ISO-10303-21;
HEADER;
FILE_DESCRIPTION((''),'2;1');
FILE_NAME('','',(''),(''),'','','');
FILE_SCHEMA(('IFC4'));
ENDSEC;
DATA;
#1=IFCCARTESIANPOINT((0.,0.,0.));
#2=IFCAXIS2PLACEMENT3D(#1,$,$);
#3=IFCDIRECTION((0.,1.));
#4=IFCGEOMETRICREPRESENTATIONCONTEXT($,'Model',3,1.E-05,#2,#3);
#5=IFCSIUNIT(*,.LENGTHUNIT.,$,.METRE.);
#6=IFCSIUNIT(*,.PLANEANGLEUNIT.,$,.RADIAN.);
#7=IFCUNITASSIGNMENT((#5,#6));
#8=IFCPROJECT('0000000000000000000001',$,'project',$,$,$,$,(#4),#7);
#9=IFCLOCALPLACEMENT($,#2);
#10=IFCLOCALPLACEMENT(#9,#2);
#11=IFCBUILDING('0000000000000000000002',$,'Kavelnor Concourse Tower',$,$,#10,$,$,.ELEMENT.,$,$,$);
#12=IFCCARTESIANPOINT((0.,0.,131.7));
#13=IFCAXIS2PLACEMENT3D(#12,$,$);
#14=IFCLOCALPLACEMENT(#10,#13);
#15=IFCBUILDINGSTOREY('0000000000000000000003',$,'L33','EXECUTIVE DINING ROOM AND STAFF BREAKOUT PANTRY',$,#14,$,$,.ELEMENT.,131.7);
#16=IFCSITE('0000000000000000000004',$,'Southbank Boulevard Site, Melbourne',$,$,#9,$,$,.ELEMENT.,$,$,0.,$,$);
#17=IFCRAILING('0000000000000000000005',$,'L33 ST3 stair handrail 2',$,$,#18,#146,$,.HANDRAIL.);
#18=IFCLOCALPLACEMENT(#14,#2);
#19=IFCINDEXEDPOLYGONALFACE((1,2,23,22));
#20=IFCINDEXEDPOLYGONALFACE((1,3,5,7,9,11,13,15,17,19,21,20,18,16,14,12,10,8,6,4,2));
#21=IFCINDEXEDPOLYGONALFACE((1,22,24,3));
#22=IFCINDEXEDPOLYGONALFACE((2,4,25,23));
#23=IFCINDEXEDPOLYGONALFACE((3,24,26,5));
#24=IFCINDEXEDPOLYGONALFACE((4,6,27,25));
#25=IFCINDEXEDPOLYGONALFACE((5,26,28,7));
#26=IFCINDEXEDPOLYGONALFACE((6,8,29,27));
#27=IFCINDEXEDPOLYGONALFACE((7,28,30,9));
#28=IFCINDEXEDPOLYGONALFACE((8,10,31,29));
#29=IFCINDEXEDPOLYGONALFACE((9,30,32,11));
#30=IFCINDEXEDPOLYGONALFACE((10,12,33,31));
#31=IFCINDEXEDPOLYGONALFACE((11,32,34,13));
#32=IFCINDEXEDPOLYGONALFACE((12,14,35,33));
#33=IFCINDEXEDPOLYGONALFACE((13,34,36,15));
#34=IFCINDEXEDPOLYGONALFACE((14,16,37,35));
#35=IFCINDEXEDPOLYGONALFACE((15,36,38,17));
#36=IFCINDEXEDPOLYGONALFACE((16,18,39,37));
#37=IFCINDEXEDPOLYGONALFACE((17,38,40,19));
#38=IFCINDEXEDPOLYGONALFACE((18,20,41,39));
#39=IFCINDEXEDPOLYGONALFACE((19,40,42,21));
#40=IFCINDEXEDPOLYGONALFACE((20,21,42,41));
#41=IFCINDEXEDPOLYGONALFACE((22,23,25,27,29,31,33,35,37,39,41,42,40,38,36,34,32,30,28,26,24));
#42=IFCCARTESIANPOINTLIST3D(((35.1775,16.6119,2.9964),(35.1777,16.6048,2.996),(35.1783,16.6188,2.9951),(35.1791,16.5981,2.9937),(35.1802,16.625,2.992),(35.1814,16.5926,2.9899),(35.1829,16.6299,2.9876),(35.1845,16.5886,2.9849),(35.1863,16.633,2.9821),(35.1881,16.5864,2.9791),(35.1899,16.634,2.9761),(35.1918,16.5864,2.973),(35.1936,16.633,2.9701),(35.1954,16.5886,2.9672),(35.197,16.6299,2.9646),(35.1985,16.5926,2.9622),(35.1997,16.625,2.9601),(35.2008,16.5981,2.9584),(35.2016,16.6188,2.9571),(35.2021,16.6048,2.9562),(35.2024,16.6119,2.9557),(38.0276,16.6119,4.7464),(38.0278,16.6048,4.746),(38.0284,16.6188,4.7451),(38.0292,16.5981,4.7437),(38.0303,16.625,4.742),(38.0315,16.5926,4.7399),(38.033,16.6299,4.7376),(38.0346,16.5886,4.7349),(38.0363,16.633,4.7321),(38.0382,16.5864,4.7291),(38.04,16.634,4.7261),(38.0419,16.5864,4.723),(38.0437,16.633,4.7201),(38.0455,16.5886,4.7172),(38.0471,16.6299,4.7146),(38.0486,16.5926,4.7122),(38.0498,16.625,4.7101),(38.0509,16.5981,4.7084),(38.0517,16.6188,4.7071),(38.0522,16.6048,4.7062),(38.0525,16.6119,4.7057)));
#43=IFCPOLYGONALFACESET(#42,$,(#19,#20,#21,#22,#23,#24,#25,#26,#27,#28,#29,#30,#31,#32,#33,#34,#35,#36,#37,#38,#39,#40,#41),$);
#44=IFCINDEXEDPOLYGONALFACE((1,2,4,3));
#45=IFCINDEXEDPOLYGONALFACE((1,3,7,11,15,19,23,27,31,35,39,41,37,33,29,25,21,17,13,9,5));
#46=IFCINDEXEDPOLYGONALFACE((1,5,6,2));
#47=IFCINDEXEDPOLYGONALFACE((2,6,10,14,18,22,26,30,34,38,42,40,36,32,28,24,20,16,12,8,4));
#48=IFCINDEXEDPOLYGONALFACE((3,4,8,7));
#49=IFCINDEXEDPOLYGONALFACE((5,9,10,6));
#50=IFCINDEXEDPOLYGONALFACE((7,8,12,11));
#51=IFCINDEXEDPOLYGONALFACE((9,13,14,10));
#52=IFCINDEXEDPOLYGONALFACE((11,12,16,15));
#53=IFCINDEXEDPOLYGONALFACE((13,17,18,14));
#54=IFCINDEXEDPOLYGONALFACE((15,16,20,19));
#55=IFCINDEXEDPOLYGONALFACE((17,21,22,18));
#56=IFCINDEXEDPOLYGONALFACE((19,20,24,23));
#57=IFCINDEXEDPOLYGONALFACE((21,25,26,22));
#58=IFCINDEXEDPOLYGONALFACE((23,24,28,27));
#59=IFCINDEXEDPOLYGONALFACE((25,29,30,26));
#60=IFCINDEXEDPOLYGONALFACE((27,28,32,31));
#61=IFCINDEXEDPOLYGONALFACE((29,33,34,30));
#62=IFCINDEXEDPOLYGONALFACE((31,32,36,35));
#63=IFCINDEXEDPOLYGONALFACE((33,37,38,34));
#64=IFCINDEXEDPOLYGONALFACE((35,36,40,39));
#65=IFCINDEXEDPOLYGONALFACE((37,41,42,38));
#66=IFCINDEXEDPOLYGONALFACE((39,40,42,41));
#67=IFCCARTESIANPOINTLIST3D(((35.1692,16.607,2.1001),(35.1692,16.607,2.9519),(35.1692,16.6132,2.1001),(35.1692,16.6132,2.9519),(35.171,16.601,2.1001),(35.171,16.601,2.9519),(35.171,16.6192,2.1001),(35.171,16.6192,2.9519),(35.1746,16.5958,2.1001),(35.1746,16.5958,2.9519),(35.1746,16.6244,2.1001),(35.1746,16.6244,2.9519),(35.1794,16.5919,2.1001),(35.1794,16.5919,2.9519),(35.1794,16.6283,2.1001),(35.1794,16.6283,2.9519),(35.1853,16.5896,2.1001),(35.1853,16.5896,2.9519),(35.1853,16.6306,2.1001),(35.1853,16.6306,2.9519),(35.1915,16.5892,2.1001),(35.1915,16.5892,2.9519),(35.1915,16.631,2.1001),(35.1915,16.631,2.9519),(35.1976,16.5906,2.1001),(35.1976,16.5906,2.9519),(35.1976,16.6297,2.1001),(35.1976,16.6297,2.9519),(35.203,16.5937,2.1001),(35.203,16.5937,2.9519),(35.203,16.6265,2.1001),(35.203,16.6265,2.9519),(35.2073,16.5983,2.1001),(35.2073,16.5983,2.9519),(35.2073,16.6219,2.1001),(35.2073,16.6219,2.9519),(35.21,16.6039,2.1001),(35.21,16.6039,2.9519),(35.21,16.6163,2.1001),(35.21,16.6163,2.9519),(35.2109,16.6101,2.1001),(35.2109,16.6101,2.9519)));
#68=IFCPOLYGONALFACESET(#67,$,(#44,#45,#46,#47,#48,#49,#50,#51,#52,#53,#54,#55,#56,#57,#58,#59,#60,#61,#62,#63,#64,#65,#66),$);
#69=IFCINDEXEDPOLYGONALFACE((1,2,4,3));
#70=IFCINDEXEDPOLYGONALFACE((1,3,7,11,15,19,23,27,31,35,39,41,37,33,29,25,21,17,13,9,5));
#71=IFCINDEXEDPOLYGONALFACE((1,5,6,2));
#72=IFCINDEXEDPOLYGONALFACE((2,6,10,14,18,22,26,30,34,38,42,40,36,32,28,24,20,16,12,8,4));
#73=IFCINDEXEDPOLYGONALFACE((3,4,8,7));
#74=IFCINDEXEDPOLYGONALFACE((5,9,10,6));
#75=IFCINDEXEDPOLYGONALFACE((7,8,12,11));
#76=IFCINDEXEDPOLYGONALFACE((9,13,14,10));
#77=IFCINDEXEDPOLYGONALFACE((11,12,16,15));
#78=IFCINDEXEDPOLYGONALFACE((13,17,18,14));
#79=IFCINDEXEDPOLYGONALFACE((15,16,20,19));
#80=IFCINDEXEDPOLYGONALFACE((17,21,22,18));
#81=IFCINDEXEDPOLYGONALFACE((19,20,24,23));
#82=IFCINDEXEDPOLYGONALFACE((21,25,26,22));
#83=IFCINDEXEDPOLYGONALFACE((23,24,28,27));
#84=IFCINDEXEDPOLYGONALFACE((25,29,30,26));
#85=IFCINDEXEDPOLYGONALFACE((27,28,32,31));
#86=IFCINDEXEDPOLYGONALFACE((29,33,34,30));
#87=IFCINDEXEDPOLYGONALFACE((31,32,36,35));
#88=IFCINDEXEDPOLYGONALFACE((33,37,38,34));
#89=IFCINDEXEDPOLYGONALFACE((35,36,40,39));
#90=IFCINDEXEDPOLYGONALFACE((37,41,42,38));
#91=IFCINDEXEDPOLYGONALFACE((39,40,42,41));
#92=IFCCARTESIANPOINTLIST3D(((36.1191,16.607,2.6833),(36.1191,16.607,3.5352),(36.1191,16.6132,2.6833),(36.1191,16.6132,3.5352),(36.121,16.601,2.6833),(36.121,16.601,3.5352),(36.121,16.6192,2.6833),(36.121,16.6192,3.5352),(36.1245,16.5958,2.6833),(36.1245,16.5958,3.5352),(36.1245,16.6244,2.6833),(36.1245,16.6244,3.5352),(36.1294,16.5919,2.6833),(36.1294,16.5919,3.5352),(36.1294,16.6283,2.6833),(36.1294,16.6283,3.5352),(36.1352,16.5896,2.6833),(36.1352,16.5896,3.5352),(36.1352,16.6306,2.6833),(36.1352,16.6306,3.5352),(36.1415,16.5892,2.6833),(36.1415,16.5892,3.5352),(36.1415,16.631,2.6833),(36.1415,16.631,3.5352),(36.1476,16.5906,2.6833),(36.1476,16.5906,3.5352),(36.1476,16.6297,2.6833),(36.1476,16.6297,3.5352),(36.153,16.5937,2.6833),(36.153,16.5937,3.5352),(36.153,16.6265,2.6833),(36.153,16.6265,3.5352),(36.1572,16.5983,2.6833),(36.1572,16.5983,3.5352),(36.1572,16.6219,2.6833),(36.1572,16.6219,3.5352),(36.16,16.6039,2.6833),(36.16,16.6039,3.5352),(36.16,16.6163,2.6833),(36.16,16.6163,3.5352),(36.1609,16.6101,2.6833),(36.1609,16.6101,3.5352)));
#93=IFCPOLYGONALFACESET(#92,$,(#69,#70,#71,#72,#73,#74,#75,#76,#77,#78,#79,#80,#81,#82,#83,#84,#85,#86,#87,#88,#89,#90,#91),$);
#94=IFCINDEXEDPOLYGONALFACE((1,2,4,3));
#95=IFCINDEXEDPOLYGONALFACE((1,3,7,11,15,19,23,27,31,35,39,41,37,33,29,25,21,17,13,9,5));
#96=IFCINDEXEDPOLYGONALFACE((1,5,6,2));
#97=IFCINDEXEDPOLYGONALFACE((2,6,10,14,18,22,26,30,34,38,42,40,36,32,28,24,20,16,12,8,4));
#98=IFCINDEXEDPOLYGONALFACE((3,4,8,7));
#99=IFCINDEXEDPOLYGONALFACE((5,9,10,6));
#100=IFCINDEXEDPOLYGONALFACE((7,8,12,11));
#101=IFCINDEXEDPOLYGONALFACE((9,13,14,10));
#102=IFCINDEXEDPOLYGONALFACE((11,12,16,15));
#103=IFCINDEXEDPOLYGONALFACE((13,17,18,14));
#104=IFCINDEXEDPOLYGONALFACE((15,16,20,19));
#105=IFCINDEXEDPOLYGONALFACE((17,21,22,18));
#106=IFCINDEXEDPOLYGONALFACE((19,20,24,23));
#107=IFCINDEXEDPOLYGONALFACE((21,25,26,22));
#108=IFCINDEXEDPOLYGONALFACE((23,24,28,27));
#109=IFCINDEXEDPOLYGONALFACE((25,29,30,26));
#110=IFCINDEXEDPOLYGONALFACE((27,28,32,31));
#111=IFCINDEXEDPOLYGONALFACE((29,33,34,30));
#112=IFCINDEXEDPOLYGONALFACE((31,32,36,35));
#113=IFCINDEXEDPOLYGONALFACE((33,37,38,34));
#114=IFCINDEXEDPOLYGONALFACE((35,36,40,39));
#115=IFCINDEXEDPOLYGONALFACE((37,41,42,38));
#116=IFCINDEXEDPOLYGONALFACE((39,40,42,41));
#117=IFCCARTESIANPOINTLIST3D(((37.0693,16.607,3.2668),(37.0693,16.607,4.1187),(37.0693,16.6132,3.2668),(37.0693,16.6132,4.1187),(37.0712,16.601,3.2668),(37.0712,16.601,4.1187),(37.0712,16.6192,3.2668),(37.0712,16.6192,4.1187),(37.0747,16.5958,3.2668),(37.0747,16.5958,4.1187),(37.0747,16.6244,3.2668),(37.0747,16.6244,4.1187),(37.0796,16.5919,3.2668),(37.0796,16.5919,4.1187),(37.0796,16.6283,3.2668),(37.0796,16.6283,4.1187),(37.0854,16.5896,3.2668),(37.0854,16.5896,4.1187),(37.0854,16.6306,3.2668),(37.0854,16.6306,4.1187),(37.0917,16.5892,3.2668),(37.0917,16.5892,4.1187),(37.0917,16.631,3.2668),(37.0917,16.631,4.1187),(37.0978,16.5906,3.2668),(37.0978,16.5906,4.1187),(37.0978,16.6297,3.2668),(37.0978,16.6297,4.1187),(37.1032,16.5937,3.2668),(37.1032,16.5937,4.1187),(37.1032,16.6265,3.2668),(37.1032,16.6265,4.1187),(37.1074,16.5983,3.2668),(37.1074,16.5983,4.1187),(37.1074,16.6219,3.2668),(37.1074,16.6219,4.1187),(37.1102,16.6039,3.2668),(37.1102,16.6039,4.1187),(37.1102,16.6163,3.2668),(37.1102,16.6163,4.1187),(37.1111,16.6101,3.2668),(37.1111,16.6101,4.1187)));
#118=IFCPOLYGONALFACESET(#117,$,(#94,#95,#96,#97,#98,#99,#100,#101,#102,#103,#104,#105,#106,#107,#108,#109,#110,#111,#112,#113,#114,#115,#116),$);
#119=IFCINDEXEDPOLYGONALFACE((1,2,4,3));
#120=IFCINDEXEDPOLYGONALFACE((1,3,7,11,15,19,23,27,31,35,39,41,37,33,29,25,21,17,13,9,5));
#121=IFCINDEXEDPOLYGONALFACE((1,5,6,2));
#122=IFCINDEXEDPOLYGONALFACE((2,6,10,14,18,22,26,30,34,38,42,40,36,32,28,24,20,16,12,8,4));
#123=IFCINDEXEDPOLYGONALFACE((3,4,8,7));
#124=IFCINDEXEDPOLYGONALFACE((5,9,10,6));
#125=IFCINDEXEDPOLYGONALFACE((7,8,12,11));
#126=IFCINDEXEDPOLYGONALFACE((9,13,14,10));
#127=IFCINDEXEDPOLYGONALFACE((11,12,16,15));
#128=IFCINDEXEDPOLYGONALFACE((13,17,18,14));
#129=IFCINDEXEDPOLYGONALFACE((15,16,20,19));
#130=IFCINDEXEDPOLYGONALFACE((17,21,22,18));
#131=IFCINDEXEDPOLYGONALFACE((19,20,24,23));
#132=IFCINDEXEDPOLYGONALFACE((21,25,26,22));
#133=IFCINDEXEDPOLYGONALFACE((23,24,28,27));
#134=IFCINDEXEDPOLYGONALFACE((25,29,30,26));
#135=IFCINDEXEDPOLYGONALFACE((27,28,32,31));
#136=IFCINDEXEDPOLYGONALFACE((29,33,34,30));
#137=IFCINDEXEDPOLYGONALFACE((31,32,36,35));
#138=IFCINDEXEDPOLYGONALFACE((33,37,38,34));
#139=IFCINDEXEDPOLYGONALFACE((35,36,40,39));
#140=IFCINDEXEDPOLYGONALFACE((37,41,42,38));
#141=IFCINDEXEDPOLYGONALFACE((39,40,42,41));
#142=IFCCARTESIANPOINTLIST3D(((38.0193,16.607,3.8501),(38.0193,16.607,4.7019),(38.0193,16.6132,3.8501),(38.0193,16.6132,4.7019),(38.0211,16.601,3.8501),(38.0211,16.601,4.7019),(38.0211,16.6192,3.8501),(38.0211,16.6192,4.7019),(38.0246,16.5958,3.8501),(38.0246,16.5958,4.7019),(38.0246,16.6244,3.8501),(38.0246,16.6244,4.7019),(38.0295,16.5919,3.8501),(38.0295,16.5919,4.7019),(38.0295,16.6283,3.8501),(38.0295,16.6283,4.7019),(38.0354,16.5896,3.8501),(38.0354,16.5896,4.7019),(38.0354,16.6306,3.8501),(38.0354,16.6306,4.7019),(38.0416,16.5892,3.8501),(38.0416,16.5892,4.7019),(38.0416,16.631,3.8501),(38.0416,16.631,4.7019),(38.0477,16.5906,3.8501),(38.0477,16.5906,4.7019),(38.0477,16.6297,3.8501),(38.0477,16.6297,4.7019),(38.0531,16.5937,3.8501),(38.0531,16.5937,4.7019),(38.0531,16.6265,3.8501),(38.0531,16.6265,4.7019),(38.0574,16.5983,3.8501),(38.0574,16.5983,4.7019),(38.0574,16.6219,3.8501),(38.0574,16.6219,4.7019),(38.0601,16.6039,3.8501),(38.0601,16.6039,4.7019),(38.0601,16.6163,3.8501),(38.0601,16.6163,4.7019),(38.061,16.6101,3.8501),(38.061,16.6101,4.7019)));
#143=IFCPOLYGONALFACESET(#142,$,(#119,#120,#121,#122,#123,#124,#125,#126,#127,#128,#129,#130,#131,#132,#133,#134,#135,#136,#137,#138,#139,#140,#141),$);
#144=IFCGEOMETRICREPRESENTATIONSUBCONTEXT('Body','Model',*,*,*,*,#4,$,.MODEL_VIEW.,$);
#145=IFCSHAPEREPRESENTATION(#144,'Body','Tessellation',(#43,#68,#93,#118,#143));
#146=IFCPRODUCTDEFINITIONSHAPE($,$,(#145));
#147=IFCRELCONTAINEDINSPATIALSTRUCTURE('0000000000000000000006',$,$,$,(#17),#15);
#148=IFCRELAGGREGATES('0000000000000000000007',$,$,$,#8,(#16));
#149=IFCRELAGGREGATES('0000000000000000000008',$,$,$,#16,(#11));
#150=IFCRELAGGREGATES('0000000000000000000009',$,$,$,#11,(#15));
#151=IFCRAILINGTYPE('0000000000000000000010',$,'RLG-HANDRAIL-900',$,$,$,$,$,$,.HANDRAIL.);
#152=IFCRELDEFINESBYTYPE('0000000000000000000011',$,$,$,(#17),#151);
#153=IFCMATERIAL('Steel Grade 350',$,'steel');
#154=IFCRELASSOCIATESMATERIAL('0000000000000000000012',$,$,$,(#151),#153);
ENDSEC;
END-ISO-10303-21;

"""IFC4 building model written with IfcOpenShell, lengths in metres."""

from ifc_helpers import new_model, si_unit, direction, frame, origin, origin_2d, place, context, subcontext, project, spatial, circle, extrude, material, type_object, element, save


model = new_model("IFC4")

# Units and contexts
model_context = context("Model", 3, precision=1e-05, world=origin(), true_north=direction((0.0, 1.0)))
body_context = subcontext(model_context, "Body", "Model", "MODEL_VIEW")
ifc_project = project(units=[si_unit("LENGTHUNIT", "METRE"), si_unit("PLANEANGLEUNIT", "RADIAN")], contexts=[model_context])

# Site, building, storey
site_placement = place(None, origin())
site = spatial("IfcSite", under=ifc_project, at=site_placement, Name="Southbank Boulevard Site, Melbourne", CompositionType="ELEMENT", RefElevation=0.0)
building_placement = place(site_placement, origin())
building = spatial("IfcBuilding", under=site, at=building_placement, Name="Kavelnor Concourse Tower", CompositionType="ELEMENT")
storey_placement = place(building_placement, frame((0.0, 0.0, 131.7)))
storey = spatial("IfcBuildingStorey", under=building, at=storey_placement, Name="L33", Description="EXECUTIVE DINING ROOM AND STAFF BREAKOUT PANTRY", CompositionType="ELEMENT", Elevation=131.7)

# Shared definitions
ifc_material_1 = material(Name="Steel Grade 350", Category="steel")

# Railing
railing_type_1 = type_object("IfcRailingType", Name="RLG-HANDRAIL-900", PredefinedType="HANDRAIL", material=ifc_material_1)
railing_1_placement = place(storey_placement, frame((35.1899, 16.6101, 2.1001)))
element("IfcRailing", 1, at=railing_1_placement, inside=storey, type_object=railing_type_1, Name="L33 ST3 stair handrail 2", PredefinedType="HANDRAIL", context=body_context, shape_type="SweptSolid", body=[
    extrude(circle(Radius=0.0239, at=origin_2d()), frame((0.0, 0.0, 0.876), z_axis=(0.852179, 0.0, 0.52325), x_axis=(0.0, 1.0, 0.0)), (0.0, 0.0, 1.0), 3.3445),
    extrude(circle(Radius=0.021, at=origin_2d()), origin(), (0.0, 0.0, 1.0), 0.8518),
    extrude(circle(Radius=0.021, at=origin_2d()), frame((0.95, 0.0, 0.5833)), (0.0, 0.0, 1.0), 0.8518),
    extrude(circle(Radius=0.021, at=origin_2d()), frame((1.9001, 0.0, 1.1667)), (0.0, 0.0, 1.0), 0.8518),
    extrude(circle(Radius=0.021, at=origin_2d()), frame((2.8501, 0.0, 1.75)), (0.0, 0.0, 1.0), 0.8518),
])

save(model, "model.ifc")
